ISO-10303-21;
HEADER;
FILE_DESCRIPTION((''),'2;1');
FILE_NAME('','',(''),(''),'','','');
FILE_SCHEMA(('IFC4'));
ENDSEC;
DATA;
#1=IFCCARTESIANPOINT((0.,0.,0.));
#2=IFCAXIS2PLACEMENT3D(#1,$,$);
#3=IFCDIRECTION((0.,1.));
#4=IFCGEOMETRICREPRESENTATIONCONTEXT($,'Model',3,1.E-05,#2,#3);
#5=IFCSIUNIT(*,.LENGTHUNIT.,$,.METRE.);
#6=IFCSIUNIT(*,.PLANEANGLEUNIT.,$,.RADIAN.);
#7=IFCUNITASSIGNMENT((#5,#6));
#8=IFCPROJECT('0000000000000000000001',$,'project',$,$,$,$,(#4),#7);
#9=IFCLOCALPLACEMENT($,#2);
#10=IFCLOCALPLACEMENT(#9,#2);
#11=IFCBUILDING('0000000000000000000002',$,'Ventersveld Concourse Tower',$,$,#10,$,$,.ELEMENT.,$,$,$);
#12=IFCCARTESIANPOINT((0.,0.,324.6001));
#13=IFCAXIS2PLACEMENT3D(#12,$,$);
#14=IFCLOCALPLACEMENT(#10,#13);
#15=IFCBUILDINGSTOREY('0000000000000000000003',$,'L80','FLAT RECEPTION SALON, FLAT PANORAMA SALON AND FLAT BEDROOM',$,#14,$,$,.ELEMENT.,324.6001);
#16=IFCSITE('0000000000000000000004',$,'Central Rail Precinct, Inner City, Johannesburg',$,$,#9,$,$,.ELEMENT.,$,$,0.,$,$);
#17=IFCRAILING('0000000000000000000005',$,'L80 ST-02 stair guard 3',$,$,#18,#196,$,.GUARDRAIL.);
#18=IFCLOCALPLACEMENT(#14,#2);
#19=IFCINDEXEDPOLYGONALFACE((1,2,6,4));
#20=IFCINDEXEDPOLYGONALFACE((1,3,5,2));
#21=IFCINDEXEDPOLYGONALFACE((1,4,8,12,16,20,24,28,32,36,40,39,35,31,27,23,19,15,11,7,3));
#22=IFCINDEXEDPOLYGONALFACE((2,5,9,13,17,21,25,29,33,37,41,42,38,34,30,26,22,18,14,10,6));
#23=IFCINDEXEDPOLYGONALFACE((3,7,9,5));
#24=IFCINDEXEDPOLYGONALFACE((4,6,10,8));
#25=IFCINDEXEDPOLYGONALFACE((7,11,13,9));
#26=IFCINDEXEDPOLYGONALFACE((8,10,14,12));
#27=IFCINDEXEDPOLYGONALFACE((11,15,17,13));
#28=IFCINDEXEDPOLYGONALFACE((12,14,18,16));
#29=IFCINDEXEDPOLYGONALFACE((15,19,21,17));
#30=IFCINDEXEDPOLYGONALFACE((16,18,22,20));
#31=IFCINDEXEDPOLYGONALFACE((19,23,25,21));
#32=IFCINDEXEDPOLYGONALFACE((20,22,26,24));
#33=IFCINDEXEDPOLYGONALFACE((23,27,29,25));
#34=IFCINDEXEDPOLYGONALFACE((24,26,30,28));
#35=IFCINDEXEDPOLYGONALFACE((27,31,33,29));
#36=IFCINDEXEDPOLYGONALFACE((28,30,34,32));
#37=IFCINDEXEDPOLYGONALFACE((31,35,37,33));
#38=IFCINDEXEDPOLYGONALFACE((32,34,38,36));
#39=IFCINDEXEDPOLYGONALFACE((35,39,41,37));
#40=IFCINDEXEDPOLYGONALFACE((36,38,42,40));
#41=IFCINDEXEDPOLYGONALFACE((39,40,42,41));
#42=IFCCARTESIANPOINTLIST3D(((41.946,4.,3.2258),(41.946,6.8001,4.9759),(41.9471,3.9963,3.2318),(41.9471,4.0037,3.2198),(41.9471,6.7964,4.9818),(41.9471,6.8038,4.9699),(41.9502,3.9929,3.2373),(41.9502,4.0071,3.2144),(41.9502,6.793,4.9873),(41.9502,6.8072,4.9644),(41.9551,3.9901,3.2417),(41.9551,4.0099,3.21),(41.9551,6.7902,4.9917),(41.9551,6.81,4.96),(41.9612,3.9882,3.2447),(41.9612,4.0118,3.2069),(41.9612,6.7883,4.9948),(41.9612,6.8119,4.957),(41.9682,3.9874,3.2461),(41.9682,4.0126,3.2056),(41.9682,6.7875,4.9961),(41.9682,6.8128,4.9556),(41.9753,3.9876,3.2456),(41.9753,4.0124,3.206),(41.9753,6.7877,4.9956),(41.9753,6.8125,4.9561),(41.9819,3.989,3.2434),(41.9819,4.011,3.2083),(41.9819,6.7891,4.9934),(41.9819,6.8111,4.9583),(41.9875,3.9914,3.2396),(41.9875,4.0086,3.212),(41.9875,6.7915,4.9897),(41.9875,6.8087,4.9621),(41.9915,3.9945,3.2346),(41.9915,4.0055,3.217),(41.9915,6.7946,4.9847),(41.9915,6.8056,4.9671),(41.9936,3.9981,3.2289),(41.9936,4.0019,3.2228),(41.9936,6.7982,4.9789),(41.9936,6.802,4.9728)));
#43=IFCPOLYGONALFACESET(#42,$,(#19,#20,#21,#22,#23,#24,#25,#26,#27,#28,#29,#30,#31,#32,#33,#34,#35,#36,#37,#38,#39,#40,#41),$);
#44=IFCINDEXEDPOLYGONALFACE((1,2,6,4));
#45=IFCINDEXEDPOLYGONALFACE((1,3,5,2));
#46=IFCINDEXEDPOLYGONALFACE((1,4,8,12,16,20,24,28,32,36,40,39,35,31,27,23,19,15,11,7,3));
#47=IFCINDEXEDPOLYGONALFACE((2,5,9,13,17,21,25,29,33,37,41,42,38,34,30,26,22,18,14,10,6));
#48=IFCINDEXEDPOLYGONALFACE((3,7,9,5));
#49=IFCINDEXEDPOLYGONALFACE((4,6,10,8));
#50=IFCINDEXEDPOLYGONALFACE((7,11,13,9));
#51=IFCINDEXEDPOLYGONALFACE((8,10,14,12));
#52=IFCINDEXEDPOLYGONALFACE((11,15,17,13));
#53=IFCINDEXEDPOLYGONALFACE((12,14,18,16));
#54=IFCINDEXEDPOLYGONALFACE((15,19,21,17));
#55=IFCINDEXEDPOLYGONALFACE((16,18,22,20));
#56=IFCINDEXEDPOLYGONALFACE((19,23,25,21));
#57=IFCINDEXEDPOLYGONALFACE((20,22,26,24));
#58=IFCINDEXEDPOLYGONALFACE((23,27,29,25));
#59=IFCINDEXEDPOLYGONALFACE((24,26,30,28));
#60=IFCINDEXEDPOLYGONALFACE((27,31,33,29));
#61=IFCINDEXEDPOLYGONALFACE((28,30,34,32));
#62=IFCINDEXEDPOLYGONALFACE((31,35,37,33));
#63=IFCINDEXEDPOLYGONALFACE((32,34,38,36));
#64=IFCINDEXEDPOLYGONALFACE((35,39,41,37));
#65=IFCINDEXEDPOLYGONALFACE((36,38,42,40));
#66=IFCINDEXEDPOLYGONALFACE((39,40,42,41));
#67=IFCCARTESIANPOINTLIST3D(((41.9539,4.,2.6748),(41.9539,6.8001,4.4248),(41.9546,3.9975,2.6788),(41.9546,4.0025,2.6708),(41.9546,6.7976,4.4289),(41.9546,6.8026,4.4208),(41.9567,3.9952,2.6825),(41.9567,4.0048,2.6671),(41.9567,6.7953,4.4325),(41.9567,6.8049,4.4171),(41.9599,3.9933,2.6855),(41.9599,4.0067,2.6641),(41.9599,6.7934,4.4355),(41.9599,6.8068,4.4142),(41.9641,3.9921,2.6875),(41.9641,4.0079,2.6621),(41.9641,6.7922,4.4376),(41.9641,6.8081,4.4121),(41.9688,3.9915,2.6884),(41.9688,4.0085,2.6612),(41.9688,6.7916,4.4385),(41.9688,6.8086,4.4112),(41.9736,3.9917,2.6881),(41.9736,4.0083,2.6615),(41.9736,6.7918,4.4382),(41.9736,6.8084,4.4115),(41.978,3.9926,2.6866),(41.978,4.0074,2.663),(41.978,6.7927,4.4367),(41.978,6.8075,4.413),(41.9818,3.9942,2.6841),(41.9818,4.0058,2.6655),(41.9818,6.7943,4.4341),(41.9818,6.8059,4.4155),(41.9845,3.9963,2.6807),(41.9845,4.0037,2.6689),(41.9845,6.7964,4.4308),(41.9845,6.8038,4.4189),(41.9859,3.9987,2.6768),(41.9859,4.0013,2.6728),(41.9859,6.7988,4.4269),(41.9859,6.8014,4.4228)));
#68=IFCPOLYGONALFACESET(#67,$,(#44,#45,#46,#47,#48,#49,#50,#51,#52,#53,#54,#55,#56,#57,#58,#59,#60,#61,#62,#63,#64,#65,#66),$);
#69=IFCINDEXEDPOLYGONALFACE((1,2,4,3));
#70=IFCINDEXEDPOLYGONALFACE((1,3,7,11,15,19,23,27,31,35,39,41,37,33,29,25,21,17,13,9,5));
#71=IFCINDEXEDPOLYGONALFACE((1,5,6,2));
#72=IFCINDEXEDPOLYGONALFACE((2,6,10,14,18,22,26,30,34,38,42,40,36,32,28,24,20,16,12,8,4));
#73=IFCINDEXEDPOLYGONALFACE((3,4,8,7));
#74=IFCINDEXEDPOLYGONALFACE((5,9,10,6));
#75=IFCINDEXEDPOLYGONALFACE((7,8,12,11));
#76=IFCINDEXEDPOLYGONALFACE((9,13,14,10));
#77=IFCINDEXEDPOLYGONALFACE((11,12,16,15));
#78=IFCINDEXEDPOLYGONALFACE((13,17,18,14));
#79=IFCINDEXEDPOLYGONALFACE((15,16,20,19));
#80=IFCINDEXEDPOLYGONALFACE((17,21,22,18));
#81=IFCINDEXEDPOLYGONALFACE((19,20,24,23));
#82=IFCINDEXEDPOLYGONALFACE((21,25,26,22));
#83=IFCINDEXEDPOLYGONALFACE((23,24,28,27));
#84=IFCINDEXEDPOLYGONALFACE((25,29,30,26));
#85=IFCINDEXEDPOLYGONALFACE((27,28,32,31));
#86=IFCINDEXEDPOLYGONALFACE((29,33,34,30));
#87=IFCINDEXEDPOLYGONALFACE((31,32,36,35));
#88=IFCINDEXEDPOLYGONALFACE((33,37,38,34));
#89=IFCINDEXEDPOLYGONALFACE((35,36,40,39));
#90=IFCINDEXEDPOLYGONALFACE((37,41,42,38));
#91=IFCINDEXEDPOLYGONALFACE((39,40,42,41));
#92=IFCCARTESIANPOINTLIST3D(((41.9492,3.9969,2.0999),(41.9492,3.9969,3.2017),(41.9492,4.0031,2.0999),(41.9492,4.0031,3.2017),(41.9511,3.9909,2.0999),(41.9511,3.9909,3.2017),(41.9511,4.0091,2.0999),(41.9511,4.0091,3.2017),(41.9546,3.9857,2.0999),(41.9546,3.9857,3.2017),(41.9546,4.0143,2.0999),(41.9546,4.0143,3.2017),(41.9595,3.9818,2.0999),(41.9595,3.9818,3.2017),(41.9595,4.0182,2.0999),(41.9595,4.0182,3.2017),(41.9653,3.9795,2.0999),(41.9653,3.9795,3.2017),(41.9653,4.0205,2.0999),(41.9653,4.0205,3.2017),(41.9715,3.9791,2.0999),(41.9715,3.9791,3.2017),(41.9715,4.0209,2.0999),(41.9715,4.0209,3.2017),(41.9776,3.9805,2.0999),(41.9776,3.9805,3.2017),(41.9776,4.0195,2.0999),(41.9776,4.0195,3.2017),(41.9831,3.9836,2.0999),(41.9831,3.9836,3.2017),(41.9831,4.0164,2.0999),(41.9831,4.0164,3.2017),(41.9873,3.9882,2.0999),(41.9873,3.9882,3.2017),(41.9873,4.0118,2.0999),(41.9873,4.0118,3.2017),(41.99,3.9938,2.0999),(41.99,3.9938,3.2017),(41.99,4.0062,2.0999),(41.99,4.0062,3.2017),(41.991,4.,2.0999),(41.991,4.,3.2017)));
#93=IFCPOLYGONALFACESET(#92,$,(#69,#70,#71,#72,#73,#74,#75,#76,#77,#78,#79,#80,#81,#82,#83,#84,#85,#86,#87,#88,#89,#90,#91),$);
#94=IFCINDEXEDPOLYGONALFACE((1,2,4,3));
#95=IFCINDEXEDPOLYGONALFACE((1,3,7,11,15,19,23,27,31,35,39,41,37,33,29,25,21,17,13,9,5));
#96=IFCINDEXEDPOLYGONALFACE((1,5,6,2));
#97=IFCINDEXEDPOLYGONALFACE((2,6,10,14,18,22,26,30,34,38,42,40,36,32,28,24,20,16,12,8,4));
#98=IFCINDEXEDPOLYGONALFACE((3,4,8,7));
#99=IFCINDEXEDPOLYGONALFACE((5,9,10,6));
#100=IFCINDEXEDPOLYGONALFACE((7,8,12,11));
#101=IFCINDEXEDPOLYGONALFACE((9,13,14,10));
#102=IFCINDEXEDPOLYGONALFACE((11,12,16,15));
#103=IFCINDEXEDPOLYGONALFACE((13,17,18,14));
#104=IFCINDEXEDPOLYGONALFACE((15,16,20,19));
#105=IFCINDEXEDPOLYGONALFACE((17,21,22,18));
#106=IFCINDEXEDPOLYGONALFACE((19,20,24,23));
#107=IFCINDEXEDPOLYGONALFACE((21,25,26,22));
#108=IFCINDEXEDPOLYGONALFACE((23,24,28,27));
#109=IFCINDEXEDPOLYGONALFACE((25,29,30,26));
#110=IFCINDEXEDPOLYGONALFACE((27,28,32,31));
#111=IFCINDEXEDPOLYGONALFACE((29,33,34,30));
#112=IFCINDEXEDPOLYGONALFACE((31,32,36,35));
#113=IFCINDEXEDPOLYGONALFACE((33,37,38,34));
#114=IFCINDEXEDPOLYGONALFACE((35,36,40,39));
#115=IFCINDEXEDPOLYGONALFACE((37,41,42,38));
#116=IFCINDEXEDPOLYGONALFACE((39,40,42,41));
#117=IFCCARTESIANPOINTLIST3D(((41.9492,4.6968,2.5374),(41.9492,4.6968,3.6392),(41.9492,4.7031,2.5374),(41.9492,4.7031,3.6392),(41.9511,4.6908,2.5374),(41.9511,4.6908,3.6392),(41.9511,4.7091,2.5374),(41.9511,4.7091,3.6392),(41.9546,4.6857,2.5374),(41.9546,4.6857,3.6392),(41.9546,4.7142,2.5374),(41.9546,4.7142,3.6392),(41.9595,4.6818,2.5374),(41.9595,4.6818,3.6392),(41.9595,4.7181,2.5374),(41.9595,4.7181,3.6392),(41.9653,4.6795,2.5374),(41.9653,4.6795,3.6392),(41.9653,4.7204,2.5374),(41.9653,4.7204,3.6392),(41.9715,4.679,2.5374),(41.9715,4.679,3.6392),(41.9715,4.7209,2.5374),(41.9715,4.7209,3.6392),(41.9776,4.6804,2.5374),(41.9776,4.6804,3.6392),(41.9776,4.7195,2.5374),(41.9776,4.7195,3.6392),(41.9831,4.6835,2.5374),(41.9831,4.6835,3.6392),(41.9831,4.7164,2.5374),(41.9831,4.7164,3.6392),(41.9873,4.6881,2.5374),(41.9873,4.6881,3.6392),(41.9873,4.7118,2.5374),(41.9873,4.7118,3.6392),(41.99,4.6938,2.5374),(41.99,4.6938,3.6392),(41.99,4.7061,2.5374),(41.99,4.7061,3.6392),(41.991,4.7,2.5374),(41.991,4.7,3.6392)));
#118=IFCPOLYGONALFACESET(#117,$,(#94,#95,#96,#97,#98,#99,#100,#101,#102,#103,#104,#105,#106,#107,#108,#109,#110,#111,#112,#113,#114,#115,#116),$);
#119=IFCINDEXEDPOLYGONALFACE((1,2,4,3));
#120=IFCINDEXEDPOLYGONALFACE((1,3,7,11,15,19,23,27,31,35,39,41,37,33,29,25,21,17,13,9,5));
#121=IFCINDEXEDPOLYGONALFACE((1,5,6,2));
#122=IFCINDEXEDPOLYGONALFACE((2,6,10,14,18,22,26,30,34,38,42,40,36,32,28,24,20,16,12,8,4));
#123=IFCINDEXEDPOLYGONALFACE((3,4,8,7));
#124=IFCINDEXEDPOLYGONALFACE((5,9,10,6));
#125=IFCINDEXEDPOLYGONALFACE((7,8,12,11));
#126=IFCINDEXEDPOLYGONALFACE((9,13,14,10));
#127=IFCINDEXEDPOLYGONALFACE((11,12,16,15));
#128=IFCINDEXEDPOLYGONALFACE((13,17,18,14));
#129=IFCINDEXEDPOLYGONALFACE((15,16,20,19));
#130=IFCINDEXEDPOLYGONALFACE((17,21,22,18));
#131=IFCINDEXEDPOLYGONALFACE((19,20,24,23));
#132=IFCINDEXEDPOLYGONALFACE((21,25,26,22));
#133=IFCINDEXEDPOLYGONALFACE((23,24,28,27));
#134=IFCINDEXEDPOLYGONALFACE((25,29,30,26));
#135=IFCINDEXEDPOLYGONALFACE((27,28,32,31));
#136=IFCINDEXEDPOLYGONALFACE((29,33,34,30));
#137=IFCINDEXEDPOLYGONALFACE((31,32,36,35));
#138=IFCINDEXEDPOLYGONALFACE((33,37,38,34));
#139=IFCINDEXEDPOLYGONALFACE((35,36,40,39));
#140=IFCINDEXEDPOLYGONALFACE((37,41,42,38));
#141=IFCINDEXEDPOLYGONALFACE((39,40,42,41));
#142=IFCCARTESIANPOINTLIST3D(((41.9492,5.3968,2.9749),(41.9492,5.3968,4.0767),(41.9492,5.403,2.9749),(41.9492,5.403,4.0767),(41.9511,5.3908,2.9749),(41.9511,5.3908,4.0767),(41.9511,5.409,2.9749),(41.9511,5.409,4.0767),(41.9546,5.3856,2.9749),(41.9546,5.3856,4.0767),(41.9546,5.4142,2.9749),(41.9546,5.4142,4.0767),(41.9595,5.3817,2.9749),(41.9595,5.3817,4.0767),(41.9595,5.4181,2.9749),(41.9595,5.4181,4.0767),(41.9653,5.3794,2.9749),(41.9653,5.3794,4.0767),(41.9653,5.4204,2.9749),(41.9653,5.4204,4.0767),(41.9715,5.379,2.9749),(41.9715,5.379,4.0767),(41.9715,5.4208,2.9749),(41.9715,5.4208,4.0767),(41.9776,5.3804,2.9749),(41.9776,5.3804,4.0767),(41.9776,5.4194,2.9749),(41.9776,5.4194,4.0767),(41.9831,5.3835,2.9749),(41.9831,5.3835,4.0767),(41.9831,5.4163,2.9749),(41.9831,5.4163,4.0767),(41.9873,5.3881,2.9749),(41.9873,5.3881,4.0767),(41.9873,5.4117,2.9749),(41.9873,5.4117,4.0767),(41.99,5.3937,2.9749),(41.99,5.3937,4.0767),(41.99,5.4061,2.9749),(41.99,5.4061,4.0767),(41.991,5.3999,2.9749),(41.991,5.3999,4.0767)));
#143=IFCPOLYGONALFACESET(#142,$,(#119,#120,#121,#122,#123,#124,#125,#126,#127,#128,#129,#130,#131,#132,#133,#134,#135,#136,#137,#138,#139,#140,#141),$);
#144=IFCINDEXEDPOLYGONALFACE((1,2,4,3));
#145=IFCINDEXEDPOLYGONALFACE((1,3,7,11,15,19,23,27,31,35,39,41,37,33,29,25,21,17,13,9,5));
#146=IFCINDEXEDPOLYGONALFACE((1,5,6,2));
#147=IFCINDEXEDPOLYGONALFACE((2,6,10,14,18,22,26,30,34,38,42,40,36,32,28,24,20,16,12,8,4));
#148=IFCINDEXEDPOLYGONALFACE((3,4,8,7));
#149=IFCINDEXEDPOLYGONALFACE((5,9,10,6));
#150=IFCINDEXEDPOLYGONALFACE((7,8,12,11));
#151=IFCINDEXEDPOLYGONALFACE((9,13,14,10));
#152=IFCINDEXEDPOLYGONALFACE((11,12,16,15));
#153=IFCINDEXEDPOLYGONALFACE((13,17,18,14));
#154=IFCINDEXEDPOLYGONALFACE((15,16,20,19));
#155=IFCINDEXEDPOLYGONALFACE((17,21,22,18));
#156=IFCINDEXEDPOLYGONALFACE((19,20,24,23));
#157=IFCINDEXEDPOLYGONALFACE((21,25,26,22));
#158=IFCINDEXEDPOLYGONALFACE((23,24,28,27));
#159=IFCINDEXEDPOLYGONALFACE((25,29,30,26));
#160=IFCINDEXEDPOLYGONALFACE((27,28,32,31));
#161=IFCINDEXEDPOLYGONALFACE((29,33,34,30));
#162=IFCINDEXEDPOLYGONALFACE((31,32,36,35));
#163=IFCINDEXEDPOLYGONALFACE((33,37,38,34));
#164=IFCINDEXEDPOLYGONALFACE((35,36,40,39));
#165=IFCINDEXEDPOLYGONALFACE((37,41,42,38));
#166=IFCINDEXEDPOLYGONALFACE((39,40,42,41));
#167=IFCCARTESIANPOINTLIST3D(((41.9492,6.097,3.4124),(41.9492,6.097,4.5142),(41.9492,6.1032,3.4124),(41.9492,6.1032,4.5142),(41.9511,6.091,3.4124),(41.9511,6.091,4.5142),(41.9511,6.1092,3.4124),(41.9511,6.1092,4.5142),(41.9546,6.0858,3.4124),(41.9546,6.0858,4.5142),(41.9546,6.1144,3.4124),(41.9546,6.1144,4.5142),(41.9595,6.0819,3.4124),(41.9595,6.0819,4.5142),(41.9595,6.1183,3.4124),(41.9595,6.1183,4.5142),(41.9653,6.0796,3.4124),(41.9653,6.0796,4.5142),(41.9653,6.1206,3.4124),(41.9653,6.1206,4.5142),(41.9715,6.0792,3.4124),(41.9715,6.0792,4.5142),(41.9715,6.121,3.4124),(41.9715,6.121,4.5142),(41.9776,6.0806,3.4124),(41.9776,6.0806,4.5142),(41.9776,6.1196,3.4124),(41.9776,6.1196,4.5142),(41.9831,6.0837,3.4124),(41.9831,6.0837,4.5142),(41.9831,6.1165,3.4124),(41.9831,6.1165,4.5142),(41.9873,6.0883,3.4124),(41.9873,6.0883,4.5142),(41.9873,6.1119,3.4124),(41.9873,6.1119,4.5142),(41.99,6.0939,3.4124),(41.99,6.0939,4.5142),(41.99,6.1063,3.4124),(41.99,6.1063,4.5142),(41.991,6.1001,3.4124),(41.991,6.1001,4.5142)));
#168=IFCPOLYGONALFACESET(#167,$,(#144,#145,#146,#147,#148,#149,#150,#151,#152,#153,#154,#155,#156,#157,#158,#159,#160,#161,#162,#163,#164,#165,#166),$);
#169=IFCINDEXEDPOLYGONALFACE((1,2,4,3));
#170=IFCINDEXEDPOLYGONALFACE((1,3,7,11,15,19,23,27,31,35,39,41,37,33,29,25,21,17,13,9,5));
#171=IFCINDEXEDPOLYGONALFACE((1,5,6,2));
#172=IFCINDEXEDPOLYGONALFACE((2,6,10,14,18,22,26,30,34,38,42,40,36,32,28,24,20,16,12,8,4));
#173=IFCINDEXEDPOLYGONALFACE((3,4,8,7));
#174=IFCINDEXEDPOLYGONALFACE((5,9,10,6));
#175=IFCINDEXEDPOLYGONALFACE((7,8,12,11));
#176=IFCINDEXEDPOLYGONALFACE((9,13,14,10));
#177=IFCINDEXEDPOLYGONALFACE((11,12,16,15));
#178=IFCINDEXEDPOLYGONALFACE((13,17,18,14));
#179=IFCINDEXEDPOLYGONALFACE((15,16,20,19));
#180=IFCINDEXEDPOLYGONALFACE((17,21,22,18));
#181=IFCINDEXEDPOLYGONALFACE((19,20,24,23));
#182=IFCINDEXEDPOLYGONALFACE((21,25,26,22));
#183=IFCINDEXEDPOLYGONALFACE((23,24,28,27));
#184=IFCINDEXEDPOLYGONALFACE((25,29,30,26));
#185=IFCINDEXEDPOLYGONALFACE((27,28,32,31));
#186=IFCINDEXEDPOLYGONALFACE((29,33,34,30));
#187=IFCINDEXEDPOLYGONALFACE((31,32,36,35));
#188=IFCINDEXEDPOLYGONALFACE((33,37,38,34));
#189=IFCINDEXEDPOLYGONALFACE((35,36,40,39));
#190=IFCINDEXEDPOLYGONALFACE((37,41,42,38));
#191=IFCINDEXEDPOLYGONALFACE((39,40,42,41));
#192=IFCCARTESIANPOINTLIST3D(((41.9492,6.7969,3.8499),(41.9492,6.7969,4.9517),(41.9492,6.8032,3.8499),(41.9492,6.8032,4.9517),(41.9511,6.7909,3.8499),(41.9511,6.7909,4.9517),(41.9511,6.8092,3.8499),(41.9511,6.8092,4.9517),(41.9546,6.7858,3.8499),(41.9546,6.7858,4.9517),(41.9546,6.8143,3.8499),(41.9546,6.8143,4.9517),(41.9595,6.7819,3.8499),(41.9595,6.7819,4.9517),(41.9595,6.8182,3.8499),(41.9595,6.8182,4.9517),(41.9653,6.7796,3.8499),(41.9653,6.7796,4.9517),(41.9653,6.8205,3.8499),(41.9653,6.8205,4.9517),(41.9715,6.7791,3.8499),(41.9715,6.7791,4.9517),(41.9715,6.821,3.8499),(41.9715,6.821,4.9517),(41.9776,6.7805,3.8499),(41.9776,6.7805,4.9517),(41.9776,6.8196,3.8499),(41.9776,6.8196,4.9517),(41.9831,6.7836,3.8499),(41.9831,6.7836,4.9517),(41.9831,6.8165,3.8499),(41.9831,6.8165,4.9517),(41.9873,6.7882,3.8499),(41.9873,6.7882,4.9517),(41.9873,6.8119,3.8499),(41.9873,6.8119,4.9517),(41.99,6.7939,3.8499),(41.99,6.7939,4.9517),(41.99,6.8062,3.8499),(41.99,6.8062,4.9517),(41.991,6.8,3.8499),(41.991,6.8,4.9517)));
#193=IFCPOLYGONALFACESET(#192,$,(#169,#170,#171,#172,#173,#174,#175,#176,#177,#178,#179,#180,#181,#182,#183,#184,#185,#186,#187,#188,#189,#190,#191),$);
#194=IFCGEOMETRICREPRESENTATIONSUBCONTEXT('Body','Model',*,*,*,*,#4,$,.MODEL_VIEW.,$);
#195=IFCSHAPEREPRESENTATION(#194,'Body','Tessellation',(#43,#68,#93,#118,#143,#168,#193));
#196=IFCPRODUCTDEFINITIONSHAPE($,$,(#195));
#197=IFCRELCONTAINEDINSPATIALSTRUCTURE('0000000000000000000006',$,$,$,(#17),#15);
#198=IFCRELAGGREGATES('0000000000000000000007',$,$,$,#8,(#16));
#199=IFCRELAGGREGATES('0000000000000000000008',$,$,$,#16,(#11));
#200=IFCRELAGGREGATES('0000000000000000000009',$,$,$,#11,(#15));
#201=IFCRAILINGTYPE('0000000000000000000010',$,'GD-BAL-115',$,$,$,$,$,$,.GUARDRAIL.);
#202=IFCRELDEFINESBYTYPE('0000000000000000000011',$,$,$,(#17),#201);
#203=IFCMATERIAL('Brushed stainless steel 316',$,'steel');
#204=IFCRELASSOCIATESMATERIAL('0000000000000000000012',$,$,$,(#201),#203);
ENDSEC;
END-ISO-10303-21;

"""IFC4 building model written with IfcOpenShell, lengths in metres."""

from ifc_helpers import new_model, si_unit, direction, frame, origin, origin_2d, place, context, subcontext, project, spatial, circle, extrude, material, type_object, element, save


model = new_model("IFC4")

# Units and contexts
model_context = context("Model", 3, precision=1e-05, world=origin(), true_north=direction((0.0, 1.0)))
body_context = subcontext(model_context, "Body", "Model", "MODEL_VIEW")
ifc_project = project(units=[si_unit("LENGTHUNIT", "METRE"), si_unit("PLANEANGLEUNIT", "RADIAN")], contexts=[model_context])

# Site, building, storey
site_placement = place(None, origin())
site = spatial("IfcSite", under=ifc_project, at=site_placement, Name="Central Rail Precinct, Inner City, Johannesburg", CompositionType="ELEMENT", RefElevation=0.0)
building_placement = place(site_placement, origin())
building = spatial("IfcBuilding", under=site, at=building_placement, Name="Ventersveld Concourse Tower", CompositionType="ELEMENT")
storey_placement = place(building_placement, frame((0.0, 0.0, 324.6001)))
storey = spatial("IfcBuildingStorey", under=building, at=storey_placement, Name="L80", Description="FLAT RECEPTION SALON, FLAT PANORAMA SALON AND FLAT BEDROOM", CompositionType="ELEMENT", Elevation=324.6001)

# Shared definitions
ifc_material_1 = material(Name="Brushed stainless steel 316", Category="steel")

# Railing
railing_type_1 = type_object("IfcRailingType", Name="GD-BAL-115", PredefinedType="GUARDRAIL", material=ifc_material_1)
railing_1_placement = place(storey_placement, frame((41.97, 4.0, 2.0999)))
element("IfcRailing", 1, at=railing_1_placement, inside=storey, type_object=railing_type_1, Name="L80 ST-02 stair guard 3", PredefinedType="GUARDRAIL", context=body_context, shape_type="SweptSolid", body=[
    extrude(circle(Radius=0.0239, at=origin_2d()), frame((0.0, 0.0, 1.126), z_axis=(0.0, 0.848002, 0.529992), x_axis=(-1.0, 0.0, 0.0)), (0.0, 0.0, 1.0), 3.302),
    extrude(circle(Radius=0.0161, at=origin_2d()), frame((0.0, 0.0, 0.575), z_axis=(0.0, 0.848002, 0.529992), x_axis=(-1.0, 0.0, 0.0)), (0.0, 0.0, 1.0), 3.302),
    extrude(circle(Radius=0.021, at=origin_2d()), origin(), (0.0, 0.0, 1.0), 1.1018),
    extrude(circle(Radius=0.021, at=origin_2d()), frame((0.0, 0.7, 0.4375)), (0.0, 0.0, 1.0), 1.1018),
    extrude(circle(Radius=0.021, at=origin_2d()), frame((0.0, 1.3999, 0.875)), (0.0, 0.0, 1.0), 1.1018),
    extrude(circle(Radius=0.021, at=origin_2d()), frame((0.0, 2.1001, 1.3125)), (0.0, 0.0, 1.0), 1.1018),
    extrude(circle(Radius=0.021, at=origin_2d()), frame((0.0, 2.8, 1.75)), (0.0, 0.0, 1.0), 1.1018),
])

save(model, "model.ifc")
